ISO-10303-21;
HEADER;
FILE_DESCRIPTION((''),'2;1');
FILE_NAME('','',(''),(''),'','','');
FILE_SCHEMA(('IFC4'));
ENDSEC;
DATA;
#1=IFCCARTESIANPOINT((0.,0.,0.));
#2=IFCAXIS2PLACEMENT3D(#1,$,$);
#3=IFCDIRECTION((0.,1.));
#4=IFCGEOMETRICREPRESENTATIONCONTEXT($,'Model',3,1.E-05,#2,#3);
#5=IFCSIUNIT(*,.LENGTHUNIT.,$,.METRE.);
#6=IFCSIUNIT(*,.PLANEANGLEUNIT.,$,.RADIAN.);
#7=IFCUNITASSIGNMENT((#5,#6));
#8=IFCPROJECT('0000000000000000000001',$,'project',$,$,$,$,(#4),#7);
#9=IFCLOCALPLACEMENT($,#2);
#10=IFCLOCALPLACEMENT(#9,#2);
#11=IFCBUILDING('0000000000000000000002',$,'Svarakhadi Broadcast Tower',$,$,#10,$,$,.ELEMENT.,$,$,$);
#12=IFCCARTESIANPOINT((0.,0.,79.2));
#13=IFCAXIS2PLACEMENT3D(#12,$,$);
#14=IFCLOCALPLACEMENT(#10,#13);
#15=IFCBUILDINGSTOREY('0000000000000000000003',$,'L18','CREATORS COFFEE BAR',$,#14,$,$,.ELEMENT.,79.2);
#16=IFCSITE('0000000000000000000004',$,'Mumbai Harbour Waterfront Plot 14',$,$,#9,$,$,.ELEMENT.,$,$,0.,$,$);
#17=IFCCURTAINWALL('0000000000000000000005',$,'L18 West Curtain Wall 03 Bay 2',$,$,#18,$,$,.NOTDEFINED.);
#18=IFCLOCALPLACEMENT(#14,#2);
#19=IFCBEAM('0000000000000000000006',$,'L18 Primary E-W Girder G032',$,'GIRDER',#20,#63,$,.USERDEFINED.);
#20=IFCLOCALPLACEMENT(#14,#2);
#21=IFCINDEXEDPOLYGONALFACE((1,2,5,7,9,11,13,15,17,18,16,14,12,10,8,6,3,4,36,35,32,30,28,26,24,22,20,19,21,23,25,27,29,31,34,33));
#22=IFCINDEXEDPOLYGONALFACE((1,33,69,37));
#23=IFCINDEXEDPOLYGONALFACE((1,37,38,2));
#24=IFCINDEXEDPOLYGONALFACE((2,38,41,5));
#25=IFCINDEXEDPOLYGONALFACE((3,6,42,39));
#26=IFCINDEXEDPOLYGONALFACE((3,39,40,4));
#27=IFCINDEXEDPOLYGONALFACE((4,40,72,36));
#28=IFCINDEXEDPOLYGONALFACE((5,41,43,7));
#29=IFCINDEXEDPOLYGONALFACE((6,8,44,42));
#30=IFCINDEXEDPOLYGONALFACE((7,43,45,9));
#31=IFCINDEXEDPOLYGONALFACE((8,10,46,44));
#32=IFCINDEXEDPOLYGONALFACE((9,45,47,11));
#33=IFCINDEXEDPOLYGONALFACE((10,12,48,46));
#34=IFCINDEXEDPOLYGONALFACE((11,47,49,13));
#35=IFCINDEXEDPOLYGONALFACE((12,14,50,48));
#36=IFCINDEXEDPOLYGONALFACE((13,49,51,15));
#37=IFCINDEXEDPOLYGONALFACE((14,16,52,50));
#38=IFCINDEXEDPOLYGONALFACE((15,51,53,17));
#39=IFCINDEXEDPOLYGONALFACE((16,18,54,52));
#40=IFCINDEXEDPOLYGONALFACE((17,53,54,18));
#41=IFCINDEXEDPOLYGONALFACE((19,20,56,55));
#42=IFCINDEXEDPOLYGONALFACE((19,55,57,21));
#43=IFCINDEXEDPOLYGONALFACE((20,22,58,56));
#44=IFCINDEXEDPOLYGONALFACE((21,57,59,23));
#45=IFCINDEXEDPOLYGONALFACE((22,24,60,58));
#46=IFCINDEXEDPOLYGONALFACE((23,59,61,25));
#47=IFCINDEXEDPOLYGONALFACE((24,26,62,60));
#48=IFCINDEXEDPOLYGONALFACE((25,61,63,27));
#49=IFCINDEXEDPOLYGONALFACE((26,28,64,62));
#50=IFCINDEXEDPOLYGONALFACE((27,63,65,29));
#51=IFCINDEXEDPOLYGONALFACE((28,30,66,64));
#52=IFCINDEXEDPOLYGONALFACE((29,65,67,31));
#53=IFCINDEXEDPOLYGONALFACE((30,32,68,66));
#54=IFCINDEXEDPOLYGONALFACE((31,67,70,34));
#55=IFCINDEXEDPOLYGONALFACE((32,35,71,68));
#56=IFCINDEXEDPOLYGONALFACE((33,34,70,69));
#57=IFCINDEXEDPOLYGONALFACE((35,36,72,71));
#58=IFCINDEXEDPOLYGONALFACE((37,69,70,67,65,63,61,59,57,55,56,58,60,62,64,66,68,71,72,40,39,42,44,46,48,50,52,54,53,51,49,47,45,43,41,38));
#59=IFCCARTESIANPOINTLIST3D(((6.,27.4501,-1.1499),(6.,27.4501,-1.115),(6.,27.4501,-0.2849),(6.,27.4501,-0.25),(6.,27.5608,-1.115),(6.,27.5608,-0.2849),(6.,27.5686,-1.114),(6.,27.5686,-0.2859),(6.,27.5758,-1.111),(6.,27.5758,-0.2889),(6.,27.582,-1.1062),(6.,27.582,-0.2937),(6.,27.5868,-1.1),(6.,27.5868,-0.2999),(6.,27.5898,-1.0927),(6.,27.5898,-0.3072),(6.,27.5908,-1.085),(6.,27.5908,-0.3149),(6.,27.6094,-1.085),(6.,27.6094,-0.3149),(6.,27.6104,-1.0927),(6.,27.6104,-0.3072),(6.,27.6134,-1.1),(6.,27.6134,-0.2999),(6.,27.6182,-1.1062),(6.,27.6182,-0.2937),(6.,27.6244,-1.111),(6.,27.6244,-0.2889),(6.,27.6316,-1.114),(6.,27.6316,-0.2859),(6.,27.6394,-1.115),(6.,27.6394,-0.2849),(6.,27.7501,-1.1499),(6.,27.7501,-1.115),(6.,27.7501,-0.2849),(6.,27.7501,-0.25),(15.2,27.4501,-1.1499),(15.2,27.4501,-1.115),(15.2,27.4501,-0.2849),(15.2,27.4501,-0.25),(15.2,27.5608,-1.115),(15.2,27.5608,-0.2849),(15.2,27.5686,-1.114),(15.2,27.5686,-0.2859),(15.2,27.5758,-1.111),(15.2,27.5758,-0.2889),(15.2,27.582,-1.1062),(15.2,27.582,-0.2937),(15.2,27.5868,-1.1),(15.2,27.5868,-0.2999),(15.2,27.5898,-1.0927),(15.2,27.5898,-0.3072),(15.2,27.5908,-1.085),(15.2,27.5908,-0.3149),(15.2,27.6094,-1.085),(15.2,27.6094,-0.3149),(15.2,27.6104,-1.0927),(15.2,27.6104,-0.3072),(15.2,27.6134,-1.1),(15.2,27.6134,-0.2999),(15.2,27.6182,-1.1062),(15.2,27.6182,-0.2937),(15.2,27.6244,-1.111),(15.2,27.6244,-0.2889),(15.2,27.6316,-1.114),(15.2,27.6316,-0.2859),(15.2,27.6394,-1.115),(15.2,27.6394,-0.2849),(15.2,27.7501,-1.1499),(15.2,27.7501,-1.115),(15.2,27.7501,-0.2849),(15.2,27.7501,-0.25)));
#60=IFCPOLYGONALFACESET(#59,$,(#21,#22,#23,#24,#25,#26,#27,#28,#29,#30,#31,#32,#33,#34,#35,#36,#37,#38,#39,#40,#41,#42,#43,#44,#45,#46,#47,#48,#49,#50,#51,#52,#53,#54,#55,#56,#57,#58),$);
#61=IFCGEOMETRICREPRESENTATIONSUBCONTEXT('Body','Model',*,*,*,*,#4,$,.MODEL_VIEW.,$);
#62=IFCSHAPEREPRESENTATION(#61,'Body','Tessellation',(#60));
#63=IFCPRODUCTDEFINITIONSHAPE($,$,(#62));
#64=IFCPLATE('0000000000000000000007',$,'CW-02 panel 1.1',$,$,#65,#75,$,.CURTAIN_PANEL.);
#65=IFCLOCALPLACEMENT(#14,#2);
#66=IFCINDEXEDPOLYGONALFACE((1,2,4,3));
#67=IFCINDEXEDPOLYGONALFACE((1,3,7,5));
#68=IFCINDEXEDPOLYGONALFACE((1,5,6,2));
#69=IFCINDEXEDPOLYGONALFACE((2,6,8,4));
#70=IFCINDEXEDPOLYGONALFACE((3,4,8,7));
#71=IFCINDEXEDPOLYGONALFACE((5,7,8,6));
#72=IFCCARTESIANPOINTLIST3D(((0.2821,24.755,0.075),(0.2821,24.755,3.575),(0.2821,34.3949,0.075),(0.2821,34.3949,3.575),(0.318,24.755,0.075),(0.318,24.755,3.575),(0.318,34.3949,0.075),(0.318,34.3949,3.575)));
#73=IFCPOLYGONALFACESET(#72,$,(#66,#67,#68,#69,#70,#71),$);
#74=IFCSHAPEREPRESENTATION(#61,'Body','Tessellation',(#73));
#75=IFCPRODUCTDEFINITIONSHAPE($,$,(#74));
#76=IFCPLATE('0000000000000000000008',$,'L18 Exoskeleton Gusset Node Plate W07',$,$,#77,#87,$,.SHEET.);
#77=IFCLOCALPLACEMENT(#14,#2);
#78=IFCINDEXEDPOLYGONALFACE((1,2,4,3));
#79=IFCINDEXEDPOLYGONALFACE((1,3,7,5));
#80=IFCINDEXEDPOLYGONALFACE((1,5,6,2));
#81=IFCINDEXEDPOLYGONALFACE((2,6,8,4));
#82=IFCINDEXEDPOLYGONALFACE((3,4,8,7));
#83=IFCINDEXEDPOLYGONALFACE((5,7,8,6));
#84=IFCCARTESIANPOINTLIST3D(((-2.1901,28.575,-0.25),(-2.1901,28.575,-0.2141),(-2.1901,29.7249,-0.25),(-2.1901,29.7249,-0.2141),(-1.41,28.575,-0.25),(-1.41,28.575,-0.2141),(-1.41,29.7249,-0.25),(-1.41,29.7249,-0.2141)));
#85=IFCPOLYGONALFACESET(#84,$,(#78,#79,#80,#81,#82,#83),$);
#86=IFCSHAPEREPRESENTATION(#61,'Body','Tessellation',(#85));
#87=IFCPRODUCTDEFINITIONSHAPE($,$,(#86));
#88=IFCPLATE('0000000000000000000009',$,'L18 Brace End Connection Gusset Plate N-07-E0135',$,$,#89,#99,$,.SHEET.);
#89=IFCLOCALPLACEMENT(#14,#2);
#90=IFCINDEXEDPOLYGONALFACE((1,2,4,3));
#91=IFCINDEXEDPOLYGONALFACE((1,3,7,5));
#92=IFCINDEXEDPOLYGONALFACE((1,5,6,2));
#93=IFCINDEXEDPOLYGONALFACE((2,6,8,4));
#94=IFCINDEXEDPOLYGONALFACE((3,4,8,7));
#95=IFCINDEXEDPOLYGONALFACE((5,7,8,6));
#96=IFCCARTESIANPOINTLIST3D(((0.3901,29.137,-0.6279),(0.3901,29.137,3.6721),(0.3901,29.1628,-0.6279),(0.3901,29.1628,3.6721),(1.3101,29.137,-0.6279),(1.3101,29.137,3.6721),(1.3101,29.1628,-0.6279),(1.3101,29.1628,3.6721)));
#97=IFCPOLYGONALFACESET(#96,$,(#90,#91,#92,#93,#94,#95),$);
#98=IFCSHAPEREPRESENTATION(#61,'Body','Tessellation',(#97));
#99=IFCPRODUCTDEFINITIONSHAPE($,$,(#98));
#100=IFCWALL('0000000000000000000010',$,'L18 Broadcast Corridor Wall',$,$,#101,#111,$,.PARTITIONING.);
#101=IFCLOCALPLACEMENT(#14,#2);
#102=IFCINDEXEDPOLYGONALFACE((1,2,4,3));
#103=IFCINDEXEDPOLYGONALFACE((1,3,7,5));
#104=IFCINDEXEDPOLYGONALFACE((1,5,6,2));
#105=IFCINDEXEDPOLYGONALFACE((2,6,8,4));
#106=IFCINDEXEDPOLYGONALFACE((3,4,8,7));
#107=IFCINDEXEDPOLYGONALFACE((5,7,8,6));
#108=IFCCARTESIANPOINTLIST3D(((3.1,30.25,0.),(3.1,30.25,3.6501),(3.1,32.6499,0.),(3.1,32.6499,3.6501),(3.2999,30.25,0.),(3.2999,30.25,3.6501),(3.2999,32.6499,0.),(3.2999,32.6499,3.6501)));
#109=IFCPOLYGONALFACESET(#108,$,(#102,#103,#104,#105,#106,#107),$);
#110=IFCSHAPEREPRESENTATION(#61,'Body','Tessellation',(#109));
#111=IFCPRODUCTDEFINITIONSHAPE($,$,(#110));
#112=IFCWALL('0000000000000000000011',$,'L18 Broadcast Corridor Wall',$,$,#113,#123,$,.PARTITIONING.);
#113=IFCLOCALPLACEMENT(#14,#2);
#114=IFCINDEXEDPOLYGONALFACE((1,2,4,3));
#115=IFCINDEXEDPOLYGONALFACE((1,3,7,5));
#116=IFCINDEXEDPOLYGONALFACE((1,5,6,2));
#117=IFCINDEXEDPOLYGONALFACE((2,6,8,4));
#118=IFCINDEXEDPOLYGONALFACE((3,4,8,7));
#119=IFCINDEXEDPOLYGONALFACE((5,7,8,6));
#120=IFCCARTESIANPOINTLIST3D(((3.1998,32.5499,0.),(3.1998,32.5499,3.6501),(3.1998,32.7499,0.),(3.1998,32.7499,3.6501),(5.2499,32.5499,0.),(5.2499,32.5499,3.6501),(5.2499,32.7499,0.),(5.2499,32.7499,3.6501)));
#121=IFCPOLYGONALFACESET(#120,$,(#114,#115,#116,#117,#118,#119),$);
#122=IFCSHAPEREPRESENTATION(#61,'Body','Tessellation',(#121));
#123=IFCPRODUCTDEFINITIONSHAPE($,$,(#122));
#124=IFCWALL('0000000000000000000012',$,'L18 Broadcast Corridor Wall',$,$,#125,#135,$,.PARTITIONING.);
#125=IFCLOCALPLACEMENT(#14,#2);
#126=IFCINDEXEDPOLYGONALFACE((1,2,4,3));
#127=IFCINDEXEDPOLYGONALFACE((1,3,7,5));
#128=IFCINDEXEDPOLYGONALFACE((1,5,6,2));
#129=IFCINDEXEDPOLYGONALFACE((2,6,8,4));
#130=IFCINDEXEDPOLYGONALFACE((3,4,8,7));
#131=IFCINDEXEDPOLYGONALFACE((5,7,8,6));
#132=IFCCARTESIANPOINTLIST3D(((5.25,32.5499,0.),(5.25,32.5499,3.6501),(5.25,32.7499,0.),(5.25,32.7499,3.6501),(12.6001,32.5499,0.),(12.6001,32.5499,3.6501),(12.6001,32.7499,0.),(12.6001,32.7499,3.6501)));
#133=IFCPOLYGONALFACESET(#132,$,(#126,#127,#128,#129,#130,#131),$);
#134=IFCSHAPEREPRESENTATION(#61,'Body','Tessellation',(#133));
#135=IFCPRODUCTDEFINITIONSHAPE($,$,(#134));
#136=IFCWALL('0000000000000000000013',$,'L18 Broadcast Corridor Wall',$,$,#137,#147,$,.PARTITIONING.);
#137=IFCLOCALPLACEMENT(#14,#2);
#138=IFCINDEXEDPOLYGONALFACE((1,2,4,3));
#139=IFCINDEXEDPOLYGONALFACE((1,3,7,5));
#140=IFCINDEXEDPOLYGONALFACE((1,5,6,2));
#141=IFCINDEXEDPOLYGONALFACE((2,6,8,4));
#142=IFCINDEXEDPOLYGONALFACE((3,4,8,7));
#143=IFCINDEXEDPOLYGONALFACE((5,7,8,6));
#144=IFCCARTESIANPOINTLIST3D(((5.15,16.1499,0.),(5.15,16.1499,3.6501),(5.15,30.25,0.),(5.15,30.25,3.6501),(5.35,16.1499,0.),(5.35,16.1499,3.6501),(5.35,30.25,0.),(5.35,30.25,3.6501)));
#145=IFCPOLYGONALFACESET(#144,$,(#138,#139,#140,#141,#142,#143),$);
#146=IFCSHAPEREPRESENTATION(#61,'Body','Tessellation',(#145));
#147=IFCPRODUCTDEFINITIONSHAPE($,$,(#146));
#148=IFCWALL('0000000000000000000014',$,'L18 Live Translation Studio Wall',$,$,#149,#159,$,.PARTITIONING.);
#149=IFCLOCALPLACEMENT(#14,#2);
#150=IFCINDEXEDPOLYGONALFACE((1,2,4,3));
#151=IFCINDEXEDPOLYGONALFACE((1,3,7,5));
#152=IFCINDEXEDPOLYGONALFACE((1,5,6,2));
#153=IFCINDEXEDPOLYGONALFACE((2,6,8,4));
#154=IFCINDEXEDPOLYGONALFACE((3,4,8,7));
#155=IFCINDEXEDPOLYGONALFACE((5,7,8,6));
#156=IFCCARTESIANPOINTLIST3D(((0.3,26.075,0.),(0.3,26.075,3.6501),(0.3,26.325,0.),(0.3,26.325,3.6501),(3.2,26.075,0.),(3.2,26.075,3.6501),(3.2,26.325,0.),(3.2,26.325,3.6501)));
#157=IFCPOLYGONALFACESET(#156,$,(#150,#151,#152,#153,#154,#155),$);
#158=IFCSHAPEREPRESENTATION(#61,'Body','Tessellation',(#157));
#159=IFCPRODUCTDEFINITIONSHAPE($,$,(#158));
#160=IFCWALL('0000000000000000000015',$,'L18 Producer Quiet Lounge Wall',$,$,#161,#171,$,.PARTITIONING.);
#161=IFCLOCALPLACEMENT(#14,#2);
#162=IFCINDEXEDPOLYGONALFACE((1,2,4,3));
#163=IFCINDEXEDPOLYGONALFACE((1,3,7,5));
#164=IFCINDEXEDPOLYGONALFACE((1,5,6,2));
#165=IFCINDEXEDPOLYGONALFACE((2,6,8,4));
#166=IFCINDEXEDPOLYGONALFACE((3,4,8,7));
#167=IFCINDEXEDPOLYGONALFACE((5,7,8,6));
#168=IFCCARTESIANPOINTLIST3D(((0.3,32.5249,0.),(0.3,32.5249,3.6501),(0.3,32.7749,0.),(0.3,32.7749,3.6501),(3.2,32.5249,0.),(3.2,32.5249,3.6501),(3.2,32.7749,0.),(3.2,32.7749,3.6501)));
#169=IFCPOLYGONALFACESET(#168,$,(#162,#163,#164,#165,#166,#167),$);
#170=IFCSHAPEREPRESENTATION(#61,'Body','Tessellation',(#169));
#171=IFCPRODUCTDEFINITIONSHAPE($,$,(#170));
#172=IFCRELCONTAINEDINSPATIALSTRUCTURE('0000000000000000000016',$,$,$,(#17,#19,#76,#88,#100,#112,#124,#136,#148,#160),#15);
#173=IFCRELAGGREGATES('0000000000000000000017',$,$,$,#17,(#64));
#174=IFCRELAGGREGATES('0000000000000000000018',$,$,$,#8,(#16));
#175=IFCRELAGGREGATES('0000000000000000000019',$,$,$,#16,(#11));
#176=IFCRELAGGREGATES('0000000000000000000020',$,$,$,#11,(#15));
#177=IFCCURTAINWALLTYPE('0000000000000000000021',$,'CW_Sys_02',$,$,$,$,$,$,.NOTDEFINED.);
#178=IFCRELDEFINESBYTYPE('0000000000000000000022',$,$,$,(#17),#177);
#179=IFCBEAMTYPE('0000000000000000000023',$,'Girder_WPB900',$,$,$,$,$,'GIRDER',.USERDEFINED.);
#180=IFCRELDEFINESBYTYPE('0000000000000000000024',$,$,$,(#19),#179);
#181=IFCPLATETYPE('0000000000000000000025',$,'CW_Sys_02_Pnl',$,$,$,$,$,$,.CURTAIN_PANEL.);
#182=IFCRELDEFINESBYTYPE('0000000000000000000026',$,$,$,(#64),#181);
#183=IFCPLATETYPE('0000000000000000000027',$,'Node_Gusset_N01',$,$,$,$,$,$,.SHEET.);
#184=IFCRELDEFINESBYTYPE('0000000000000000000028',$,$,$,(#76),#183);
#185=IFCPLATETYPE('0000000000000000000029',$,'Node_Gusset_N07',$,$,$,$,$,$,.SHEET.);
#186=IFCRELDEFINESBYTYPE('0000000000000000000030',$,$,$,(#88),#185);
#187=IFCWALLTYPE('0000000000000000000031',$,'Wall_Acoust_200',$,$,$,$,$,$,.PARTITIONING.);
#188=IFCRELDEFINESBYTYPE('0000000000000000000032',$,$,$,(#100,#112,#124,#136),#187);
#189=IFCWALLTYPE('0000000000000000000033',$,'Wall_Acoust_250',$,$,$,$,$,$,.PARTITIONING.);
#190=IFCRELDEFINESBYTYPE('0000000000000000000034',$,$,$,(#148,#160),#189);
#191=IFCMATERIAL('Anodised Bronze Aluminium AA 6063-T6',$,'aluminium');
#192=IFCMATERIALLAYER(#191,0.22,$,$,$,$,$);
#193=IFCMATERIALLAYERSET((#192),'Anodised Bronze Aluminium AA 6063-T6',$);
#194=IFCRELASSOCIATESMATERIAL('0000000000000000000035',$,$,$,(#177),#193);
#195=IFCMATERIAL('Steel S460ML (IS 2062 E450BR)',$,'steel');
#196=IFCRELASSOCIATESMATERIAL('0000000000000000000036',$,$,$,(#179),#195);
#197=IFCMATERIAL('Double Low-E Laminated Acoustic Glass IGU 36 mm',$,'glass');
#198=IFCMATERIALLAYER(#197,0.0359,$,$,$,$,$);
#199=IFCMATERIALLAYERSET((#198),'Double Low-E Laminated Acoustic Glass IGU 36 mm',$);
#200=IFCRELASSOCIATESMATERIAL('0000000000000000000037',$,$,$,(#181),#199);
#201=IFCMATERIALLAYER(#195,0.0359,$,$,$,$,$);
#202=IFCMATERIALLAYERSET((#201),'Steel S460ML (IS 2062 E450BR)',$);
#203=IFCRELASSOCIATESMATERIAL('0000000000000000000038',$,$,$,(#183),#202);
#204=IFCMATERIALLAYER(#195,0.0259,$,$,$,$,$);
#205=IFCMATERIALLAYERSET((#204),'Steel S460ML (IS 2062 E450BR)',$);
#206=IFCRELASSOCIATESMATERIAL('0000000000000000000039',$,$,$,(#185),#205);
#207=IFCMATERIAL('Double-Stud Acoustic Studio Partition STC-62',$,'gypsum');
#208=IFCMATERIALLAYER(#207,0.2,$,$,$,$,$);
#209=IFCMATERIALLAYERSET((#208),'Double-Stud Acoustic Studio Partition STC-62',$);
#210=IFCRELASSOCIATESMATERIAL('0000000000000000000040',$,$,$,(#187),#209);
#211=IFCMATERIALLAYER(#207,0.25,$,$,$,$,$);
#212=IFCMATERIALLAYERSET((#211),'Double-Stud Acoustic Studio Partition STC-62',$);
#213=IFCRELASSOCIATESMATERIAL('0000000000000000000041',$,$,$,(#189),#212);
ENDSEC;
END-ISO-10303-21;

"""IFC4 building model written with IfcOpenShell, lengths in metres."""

from ifc_helpers import new_model, si_unit, direction, frame, frame_2d, origin, origin_2d, place, context, subcontext, project, spatial, rectangle, i_section, extrude, material, layer, layer_set, material_profile, profile_set, type_object, element, aggregate, save


model = new_model("IFC4")

# Units and contexts
model_context = context("Model", 3, precision=1e-05, world=origin(), true_north=direction((0.0, 1.0)))
body_context = subcontext(model_context, "Body", "Model", "MODEL_VIEW")
ifc_project = project(units=[si_unit("LENGTHUNIT", "METRE"), si_unit("PLANEANGLEUNIT", "RADIAN")], contexts=[model_context])

# Site, building, storey
site_placement = place(None, origin())
site = spatial("IfcSite", under=ifc_project, at=site_placement, Name="Mumbai Harbour Waterfront Plot 14", CompositionType="ELEMENT", RefElevation=0.0)
building_placement = place(site_placement, origin())
building = spatial("IfcBuilding", under=site, at=building_placement, Name="Svarakhadi Broadcast Tower", CompositionType="ELEMENT")
storey_placement = place(building_placement, frame((0.0, 0.0, 79.2)))
storey = spatial("IfcBuildingStorey", under=building, at=storey_placement, Name="L18", Description="CREATORS COFFEE BAR", CompositionType="ELEMENT", Elevation=79.2)

# Shared definitions
ifc_material_1 = material(Name="Steel S460ML (IS 2062 E450BR)", Category="steel")

# Shared definitions
ifc_material_2 = material(Name="Anodised Bronze Aluminium AA 6063-T6", Category="aluminium")
ifc_layer_1 = layer(ifc_material_2, 0.22)
ifc_layer_set_1 = layer_set([ifc_layer_1], Name="Anodised Bronze Aluminium AA 6063-T6")
curtain_wall_type = type_object("IfcCurtainWallType", Name="CW_Sys_02", PredefinedType="NOTDEFINED", material=ifc_layer_set_1)

# Curtain wall
curtain_wall_1_placement = place(storey_placement, origin())
curtain_wall_1 = element("IfcCurtainWall", 1, at=curtain_wall_1_placement, inside=storey, type_object=curtain_wall_type, Name="L18 West Curtain Wall 03 Bay 2", PredefinedType="NOTDEFINED")

# Beam
ifc_material_profile_1 = material_profile(ifc_material_1, i_section(OverallWidth=0.3, OverallDepth=0.8999, WebThickness=0.0186, FlangeThickness=0.0349, FilletRadius=0.03, at=origin_2d()), Name="WPB 900x300x291")
ifc_profile_set_1 = profile_set([ifc_material_profile_1], Name="Steel S460ML (IS 2062 E450BR)")
beam_type_1 = type_object("IfcBeamType", Name="Girder_WPB900", ElementType="GIRDER", PredefinedType="USERDEFINED", material=ifc_profile_set_1)
beam_1_placement = place(storey_placement, frame((6.0, 27.6001, -0.7), z_axis=(1.0, 0.0, 0.0), x_axis=(0.0, 1.0, 0.0)))
element("IfcBeam", 2, at=beam_1_placement, inside=storey, type_object=beam_type_1, Name="L18 Primary E-W Girder G032", ObjectType="GIRDER", PredefinedType="USERDEFINED", context=body_context, shape_type="SweptSolid", body=[
    extrude(i_section(OverallWidth=0.3, OverallDepth=0.8999, WebThickness=0.0186, FlangeThickness=0.0349, FilletRadius=0.03, at=origin_2d()), origin(), (0.0, 0.0, 1.0), 9.2),
])

# Plate
ifc_material_3 = material(Name="Double Low-E Laminated Acoustic Glass IGU 36 mm", Category="glass")
ifc_layer_2 = layer(ifc_material_3, 0.0359)
ifc_layer_set_2 = layer_set([ifc_layer_2], Name="Double Low-E Laminated Acoustic Glass IGU 36 mm")
plate_type_1 = type_object("IfcPlateType", Name="CW_Sys_02_Pnl", PredefinedType="CURTAIN_PANEL", material=ifc_layer_set_2)
plate_1_placement = place(storey_placement, frame((0.3, 29.575, 0.075), z_axis=(0.0, 0.0, 1.0), x_axis=(0.0, 1.0, 0.0)))
plate_1 = element("IfcPlate", 3, at=plate_1_placement, type_object=plate_type_1, Name="CW-02 panel 1.1", PredefinedType="CURTAIN_PANEL", context=body_context, shape_type="SweptSolid", body=[
    extrude(rectangle(XDim=9.6399, YDim=0.0359, at=origin_2d()), origin(), (0.0, 0.0, 1.0), 3.5),
])
aggregate(curtain_wall_1, [plate_1])

# Plates
ifc_layer_3 = layer(ifc_material_1, 0.0359)
ifc_layer_set_3 = layer_set([ifc_layer_3], Name="Steel S460ML (IS 2062 E450BR)")
plate_type_2 = type_object("IfcPlateType", Name="Node_Gusset_N01", PredefinedType="SHEET", material=ifc_layer_set_3)
plate_2_placement = place(storey_placement, frame((-1.8, 29.1499, -0.25), z_axis=(0.0, 0.0, 1.0), x_axis=(0.0, 1.0, 0.0)))
element("IfcPlate", 4, at=plate_2_placement, inside=storey, type_object=plate_type_2, Name="L18 Exoskeleton Gusset Node Plate W07", PredefinedType="SHEET", context=body_context, shape_type="SweptSolid", body=[
    extrude(rectangle(XDim=1.1499, YDim=0.78, at=origin_2d()), origin(), (0.0, 0.0, 1.0), 0.0359),
])
ifc_layer_4 = layer(ifc_material_1, 0.0259)
ifc_layer_set_4 = layer_set([ifc_layer_4], Name="Steel S460ML (IS 2062 E450BR)")
plate_type_3 = type_object("IfcPlateType", Name="Node_Gusset_N07", PredefinedType="SHEET", material=ifc_layer_set_4)
plate_3_placement = place(storey_placement, frame((0.8501, 29.1499, -0.6279), z_axis=(0.0, 0.0, 1.0), x_axis=(1.0, 0.0, 0.0)))
element("IfcPlate", 5, at=plate_3_placement, inside=storey, type_object=plate_type_3, Name="L18 Brace End Connection Gusset Plate N-07-E0135", PredefinedType="SHEET", context=body_context, shape_type="SweptSolid", body=[
    extrude(rectangle(XDim=0.9199, YDim=0.0259, at=origin_2d()), origin(), (0.0, 0.0, 1.0), 4.3),
])

# Walls
ifc_material_4 = material(Name="Double-Stud Acoustic Studio Partition STC-62", Category="gypsum")
ifc_layer_5 = layer(ifc_material_4, 0.2)
ifc_layer_set_5 = layer_set([ifc_layer_5], Name="Double-Stud Acoustic Studio Partition STC-62")
wall_type_1 = type_object("IfcWallType", Name="Wall_Acoust_200", PredefinedType="PARTITIONING", material=ifc_layer_set_5)
wall_1_placement = place(storey_placement, frame((3.2, 30.25, 0.0), z_axis=(0.0, 0.0, 1.0), x_axis=(0.0, 1.0, 0.0)))
element("IfcWall", 6, at=wall_1_placement, inside=storey, type_object=wall_type_1, Name="L18 Broadcast Corridor Wall", PredefinedType="PARTITIONING", context=body_context, shape_type="SweptSolid", body=[
    extrude(rectangle(XDim=2.3999, YDim=0.2, at=frame_2d((1.2, 0.0))), origin(), (0.0, 0.0, 1.0), 3.6501),
])
wall_2_placement = place(storey_placement, frame((3.2, 32.6499, 0.0), z_axis=(0.0, 0.0, 1.0), x_axis=(1.0, 0.0, 0.0)))
element("IfcWall", 7, at=wall_2_placement, inside=storey, type_object=wall_type_1, Name="L18 Broadcast Corridor Wall", PredefinedType="PARTITIONING", context=body_context, shape_type="SweptSolid", body=[
    extrude(rectangle(XDim=2.05, YDim=0.2, at=frame_2d((1.0249, 0.0))), origin(), (0.0, 0.0, 1.0), 3.6501),
])
wall_3_placement = place(storey_placement, frame((5.25, 32.6499, 0.0), z_axis=(0.0, 0.0, 1.0), x_axis=(1.0, 0.0, 0.0)))
element("IfcWall", 8, at=wall_3_placement, inside=storey, type_object=wall_type_1, Name="L18 Broadcast Corridor Wall", PredefinedType="PARTITIONING", context=body_context, shape_type="SweptSolid", body=[
    extrude(rectangle(XDim=7.3501, YDim=0.2, at=frame_2d((3.675, 0.0))), origin(), (0.0, 0.0, 1.0), 3.6501),
])
wall_4_placement = place(storey_placement, frame((5.25, 30.25, 0.0), z_axis=(0.0, 0.0, 1.0), x_axis=(0.0, -1.0, 0.0)))
element("IfcWall", 9, at=wall_4_placement, inside=storey, type_object=wall_type_1, Name="L18 Broadcast Corridor Wall", PredefinedType="PARTITIONING", context=body_context, shape_type="SweptSolid", body=[
    extrude(rectangle(XDim=14.1001, YDim=0.2, at=frame_2d((7.05, 0.0))), origin(), (0.0, 0.0, 1.0), 3.6501),
])
ifc_layer_6 = layer(ifc_material_4, 0.25)
ifc_layer_set_6 = layer_set([ifc_layer_6], Name="Double-Stud Acoustic Studio Partition STC-62")
wall_type_2 = type_object("IfcWallType", Name="Wall_Acoust_250", PredefinedType="PARTITIONING", material=ifc_layer_set_6)
for number, where, z_axis, x_axis, name in (
    (10, (0.3, 26.2, 0.0), (0.0, 0.0, 1.0), (1.0, 0.0, 0.0), "L18 Live Translation Studio Wall"),
    (11, (0.3, 32.6499, 0.0), (0.0, 0.0, 1.0), (1.0, 0.0, 0.0), "L18 Producer Quiet Lounge Wall"),
):
    element("IfcWall", number, at=place(storey_placement, frame(where, z_axis=z_axis, x_axis=x_axis)), inside=storey, type_object=wall_type_2, Name=name, PredefinedType="PARTITIONING", context=body_context, shape_type="SweptSolid", body=[
        extrude(rectangle(XDim=2.8999, YDim=0.25, at=frame_2d((1.45, 0.0))), origin(), (0.0, 0.0, 1.0), 3.6501),
    ])

save(model, "model.ifc")
